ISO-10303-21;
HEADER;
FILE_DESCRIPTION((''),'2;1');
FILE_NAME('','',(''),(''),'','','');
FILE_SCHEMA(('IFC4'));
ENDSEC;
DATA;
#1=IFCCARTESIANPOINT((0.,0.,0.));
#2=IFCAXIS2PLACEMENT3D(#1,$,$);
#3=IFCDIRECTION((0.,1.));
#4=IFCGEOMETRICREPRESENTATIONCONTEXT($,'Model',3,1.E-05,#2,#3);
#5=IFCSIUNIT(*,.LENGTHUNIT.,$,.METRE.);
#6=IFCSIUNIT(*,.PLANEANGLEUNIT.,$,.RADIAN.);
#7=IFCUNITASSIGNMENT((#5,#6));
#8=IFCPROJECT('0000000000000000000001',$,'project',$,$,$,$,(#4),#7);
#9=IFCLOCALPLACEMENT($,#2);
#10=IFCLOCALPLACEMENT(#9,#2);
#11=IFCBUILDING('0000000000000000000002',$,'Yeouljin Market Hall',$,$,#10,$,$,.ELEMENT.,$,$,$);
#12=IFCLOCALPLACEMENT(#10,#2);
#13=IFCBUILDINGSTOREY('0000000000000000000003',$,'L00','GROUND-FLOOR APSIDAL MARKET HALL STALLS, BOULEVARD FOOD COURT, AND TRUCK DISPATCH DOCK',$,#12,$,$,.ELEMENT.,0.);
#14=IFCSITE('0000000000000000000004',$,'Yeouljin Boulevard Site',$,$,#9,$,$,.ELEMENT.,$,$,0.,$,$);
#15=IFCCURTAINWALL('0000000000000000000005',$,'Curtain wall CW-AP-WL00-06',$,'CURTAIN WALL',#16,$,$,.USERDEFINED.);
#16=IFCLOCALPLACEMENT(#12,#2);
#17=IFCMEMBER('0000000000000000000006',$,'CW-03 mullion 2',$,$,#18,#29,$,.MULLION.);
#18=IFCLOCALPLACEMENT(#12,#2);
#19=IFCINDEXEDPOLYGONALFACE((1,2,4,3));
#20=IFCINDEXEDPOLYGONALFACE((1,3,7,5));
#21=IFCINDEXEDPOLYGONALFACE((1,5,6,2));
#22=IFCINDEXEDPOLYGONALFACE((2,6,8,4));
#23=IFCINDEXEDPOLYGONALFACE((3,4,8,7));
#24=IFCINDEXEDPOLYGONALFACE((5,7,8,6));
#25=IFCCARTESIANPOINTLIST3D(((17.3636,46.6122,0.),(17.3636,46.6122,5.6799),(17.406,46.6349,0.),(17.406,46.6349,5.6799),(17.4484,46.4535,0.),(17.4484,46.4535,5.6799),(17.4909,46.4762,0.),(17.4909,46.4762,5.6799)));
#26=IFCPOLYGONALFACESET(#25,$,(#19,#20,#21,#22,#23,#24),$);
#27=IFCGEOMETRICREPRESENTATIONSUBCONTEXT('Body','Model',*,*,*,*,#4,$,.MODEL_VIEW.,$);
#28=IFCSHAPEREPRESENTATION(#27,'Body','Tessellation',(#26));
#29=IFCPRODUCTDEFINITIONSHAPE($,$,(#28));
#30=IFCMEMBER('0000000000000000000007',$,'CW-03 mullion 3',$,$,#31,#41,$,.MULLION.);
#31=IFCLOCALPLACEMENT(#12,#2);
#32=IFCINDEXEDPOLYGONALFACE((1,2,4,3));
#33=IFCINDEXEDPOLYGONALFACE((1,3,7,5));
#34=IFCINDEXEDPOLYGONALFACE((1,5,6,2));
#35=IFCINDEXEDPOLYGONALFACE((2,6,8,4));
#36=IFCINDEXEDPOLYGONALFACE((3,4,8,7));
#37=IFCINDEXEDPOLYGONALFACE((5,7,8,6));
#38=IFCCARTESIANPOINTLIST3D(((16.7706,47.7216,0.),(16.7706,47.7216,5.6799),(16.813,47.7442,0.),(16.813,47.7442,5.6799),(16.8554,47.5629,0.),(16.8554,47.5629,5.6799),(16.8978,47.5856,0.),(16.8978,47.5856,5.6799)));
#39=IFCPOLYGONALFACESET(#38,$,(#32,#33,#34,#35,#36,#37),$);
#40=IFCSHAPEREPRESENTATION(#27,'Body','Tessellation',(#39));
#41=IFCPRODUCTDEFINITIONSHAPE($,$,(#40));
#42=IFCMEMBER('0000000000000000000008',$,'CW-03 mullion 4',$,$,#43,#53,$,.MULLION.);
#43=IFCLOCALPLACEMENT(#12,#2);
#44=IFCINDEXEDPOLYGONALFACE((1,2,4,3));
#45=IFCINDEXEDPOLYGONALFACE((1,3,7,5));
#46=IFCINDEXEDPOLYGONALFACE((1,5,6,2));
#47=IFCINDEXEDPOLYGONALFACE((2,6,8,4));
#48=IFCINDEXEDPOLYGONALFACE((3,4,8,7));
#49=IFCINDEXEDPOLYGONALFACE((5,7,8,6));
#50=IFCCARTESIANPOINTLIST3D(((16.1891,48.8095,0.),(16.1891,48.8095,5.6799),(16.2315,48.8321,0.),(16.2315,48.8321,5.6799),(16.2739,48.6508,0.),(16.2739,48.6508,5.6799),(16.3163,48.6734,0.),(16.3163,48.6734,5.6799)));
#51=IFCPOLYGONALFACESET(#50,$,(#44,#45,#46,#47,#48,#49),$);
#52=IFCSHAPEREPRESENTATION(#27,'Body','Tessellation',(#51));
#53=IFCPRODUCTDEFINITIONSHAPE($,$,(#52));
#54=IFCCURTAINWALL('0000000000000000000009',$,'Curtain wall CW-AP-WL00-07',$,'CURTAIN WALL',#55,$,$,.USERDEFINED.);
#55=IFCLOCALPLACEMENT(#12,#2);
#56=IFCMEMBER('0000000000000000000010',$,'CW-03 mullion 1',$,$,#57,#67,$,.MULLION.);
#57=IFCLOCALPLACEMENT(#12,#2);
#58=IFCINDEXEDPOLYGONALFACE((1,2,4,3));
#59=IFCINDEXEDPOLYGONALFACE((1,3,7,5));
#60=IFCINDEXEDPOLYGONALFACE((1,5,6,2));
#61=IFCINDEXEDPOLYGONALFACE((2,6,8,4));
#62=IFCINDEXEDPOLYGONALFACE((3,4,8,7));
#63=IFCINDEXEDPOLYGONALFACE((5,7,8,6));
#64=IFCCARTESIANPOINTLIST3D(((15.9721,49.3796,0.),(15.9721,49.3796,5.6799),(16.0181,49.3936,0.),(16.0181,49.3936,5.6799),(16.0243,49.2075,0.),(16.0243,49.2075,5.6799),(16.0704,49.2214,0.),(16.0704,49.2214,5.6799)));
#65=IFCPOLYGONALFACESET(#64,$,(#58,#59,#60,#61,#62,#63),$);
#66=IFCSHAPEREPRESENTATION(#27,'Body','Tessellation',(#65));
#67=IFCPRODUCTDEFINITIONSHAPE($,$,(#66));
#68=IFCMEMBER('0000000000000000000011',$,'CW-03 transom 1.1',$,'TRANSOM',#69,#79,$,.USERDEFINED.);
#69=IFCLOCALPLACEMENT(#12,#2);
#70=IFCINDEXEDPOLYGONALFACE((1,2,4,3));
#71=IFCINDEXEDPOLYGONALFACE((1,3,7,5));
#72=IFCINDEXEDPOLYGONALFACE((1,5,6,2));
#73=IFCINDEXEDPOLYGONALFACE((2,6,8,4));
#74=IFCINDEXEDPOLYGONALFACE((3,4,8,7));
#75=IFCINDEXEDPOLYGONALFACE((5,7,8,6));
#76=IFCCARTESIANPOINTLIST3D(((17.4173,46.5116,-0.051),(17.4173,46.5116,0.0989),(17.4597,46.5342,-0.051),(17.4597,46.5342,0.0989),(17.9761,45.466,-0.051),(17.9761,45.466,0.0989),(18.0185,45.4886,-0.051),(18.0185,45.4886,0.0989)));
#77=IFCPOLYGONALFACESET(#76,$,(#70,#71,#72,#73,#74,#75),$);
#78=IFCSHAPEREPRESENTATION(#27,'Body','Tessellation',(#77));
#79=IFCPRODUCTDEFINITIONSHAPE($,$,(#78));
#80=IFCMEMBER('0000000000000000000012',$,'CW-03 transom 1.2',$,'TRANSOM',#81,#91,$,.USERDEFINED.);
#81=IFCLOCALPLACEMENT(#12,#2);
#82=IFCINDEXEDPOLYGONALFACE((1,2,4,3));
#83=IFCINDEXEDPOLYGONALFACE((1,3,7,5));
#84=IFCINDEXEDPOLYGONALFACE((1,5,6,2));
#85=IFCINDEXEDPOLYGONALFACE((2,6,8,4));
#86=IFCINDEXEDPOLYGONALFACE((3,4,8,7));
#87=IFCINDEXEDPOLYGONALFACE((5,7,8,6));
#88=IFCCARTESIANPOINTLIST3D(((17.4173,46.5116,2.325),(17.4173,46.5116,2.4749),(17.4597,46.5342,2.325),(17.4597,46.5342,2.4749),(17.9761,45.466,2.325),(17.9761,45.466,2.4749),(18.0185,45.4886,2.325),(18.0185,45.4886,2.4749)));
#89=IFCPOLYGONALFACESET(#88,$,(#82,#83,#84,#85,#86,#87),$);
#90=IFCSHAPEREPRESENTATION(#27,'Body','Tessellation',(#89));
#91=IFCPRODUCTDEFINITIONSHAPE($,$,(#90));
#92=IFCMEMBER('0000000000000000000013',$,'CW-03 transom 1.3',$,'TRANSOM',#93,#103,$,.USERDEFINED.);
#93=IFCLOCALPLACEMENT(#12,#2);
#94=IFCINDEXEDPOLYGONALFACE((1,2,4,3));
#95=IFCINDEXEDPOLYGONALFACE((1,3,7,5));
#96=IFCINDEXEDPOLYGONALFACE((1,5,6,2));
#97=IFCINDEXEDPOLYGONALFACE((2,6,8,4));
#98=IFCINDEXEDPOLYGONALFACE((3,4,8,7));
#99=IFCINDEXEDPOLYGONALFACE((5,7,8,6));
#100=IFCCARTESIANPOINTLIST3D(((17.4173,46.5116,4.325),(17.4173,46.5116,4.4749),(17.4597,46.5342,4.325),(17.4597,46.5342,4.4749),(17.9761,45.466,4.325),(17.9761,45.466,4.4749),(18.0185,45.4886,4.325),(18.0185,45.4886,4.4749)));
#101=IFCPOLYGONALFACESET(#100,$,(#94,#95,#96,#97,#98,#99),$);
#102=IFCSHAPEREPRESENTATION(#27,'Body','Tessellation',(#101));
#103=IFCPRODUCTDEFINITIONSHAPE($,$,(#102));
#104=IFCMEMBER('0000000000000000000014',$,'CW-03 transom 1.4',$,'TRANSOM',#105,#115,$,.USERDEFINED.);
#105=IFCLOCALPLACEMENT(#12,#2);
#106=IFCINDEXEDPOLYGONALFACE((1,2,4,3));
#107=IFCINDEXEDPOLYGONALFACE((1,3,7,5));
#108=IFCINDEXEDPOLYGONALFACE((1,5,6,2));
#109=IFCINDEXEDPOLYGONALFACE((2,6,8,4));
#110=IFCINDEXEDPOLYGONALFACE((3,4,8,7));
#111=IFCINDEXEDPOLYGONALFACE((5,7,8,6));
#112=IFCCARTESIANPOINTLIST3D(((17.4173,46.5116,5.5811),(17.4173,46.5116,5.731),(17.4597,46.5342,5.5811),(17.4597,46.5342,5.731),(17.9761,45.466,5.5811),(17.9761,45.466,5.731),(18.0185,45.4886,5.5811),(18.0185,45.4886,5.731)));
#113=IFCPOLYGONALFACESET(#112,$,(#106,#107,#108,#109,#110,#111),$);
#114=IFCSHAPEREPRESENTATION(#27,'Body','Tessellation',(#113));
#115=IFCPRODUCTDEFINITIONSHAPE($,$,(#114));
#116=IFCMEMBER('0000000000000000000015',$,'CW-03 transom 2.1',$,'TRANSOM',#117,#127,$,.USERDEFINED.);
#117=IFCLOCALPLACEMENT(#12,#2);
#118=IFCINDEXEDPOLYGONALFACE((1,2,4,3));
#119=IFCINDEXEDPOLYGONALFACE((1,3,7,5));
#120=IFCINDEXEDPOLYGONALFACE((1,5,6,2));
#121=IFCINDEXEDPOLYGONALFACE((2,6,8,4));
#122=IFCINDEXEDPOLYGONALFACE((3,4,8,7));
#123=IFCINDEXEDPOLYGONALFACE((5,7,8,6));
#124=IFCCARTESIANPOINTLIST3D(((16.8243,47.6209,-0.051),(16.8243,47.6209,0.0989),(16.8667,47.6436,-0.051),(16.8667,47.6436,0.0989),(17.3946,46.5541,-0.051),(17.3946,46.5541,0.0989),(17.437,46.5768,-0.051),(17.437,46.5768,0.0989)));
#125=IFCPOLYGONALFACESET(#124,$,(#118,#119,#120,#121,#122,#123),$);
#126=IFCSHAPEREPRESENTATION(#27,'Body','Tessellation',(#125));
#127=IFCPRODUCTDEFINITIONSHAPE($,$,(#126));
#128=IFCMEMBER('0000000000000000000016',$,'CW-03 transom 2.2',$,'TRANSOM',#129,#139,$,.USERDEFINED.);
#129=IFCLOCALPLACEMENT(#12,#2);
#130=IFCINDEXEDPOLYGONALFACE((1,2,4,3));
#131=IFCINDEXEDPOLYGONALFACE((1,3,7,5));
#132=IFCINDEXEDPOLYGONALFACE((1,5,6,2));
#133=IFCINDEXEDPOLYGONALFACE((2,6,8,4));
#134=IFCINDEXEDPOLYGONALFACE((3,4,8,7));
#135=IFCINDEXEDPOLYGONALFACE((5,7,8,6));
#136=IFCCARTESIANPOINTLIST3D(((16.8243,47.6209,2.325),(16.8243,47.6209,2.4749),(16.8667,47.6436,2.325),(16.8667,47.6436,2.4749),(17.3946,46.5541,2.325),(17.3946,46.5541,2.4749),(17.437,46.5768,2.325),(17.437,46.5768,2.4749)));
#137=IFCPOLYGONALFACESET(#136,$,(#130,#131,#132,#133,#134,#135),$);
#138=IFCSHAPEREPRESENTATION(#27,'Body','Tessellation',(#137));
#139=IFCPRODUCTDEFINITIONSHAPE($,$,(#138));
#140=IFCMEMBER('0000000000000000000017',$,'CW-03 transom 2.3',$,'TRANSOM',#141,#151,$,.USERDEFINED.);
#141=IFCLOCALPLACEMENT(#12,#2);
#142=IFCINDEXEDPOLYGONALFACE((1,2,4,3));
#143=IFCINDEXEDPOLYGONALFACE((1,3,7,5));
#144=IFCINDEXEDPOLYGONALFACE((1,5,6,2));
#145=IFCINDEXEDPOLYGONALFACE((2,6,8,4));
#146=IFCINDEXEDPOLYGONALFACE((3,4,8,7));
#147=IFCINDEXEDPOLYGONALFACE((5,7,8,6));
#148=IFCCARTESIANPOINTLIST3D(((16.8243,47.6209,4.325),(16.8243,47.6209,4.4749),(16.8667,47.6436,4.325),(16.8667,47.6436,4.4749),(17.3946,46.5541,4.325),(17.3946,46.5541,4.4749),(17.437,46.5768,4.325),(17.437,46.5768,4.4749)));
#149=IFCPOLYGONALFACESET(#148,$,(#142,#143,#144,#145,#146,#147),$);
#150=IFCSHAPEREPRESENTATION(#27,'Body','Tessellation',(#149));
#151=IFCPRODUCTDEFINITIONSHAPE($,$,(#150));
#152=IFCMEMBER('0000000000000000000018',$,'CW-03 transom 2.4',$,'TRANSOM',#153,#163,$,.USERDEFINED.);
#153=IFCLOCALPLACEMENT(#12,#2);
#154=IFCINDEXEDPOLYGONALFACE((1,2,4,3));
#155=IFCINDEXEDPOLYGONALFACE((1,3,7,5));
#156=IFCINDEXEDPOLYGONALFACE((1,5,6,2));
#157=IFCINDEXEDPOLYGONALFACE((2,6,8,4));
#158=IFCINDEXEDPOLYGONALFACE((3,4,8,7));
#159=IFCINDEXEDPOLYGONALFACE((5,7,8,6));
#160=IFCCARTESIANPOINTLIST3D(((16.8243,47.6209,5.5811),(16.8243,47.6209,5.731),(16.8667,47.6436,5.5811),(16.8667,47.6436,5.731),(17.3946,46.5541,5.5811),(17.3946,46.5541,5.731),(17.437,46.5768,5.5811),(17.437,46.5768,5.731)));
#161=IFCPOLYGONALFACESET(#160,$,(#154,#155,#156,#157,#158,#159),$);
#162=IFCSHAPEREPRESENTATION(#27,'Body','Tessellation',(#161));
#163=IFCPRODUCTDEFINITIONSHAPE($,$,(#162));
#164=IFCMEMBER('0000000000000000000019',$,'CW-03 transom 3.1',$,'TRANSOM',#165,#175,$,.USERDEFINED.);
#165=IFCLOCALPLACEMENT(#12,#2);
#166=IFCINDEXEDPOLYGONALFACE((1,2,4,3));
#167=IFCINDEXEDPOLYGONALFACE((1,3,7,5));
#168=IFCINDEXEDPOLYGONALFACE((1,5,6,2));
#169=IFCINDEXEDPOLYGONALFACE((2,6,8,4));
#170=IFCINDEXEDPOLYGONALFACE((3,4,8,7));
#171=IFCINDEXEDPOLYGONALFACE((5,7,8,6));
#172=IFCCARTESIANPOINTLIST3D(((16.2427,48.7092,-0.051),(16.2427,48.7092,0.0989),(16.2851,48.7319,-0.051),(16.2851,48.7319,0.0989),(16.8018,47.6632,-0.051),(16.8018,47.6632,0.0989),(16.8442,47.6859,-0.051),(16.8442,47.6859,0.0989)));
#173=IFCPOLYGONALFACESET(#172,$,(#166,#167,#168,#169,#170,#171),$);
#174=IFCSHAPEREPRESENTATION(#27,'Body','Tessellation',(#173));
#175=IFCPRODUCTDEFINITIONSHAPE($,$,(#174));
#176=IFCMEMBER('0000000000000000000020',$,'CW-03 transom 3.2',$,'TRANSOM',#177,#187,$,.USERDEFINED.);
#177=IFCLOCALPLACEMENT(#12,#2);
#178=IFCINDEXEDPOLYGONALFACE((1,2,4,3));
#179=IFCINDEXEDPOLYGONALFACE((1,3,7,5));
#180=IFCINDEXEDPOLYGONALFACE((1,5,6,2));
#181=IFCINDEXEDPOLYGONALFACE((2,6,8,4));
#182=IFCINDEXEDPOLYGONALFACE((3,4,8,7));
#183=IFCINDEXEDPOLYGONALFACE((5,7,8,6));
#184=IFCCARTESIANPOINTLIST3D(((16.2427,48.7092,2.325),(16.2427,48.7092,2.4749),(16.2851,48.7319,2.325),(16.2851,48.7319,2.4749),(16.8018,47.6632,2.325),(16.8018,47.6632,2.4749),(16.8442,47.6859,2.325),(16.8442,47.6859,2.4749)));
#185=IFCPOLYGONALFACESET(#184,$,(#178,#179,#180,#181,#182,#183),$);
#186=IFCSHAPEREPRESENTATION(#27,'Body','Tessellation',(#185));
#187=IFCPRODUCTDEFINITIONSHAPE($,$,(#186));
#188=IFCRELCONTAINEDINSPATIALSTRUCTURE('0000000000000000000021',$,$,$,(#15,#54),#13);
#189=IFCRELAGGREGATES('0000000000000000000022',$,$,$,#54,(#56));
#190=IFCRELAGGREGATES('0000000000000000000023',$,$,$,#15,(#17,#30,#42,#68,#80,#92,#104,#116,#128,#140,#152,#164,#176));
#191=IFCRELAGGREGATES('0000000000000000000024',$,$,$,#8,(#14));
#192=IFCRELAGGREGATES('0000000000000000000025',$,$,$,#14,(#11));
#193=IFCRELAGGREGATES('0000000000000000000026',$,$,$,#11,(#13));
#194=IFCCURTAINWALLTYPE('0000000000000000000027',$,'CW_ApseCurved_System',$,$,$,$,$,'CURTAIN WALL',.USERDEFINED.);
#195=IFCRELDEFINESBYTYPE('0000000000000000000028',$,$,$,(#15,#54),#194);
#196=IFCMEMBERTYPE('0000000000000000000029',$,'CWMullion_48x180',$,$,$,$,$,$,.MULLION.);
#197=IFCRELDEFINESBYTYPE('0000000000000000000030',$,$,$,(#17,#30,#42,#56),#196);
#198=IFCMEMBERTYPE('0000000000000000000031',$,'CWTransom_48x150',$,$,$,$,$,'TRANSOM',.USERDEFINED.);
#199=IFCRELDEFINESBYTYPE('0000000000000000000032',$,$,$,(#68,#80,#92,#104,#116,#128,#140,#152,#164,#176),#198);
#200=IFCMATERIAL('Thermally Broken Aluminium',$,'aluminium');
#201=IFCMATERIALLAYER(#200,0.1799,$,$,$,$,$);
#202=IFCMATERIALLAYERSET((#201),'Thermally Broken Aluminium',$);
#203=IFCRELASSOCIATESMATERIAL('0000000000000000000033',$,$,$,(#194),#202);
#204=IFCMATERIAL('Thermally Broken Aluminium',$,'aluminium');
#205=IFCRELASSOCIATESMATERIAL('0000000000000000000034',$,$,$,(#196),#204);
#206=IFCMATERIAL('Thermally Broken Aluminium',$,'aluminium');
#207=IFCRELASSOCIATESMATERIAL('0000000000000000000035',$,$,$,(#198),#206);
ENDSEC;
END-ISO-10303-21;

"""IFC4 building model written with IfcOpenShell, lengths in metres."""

from ifc_helpers import new_model, si_unit, direction, frame, origin, origin_2d, place, context, subcontext, project, spatial, rectangle, extrude, material, layer, layer_set, material_profile, profile_set, type_object, element, aggregate, save


model = new_model("IFC4")

# Units and contexts
model_context = context("Model", 3, precision=1e-05, world=origin(), true_north=direction((0.0, 1.0)))
body_context = subcontext(model_context, "Body", "Model", "MODEL_VIEW")
ifc_project = project(units=[si_unit("LENGTHUNIT", "METRE"), si_unit("PLANEANGLEUNIT", "RADIAN")], contexts=[model_context])

# Site, building, storey
site_placement = place(None, origin())
site = spatial("IfcSite", under=ifc_project, at=site_placement, Name="Yeouljin Boulevard Site", CompositionType="ELEMENT", RefElevation=0.0)
building_placement = place(site_placement, origin())
building = spatial("IfcBuilding", under=site, at=building_placement, Name="Yeouljin Market Hall", CompositionType="ELEMENT")
storey_placement = place(building_placement, origin())
storey = spatial("IfcBuildingStorey", under=building, at=storey_placement, Name="L00", Description="GROUND-FLOOR APSIDAL MARKET HALL STALLS, BOULEVARD FOOD COURT, AND TRUCK DISPATCH DOCK", CompositionType="ELEMENT", Elevation=0.0)

# Curtain wall, members
ifc_material_1 = material(Name="Thermally Broken Aluminium", Category="aluminium")
ifc_layer_1 = layer(ifc_material_1, 0.1799)
ifc_layer_set_1 = layer_set([ifc_layer_1], Name="Thermally Broken Aluminium")
curtain_wall_type = type_object("IfcCurtainWallType", Name="CW_ApseCurved_System", ElementType="CURTAIN WALL", PredefinedType="USERDEFINED", material=ifc_layer_set_1)
curtain_wall_1_placement = place(storey_placement, origin())
curtain_wall_1 = element("IfcCurtainWall", 1, at=curtain_wall_1_placement, inside=storey, type_object=curtain_wall_type, Name="Curtain wall CW-AP-WL00-06", ObjectType="CURTAIN WALL", PredefinedType="USERDEFINED")
ifc_material_2 = material(Name="Thermally Broken Aluminium", Category="aluminium")
ifc_material_profile_1 = material_profile(ifc_material_2, rectangle(XDim=0.0481, YDim=0.1799, at=origin_2d()), Name="CW-MULL-48x180")
ifc_profile_set_1 = profile_set([ifc_material_profile_1], Name="Thermally Broken Aluminium")
member_type_1 = type_object("IfcMemberType", Name="CWMullion_48x180", PredefinedType="MULLION", material=ifc_profile_set_1)
member_1_placement = place(storey_placement, frame((17.4272, 46.5442, 0.0), z_axis=(0.0, 0.0, 1.0), x_axis=(-0.881931, -0.471378, 0.0)))
member_1 = element("IfcMember", 2, at=member_1_placement, type_object=member_type_1, Name="CW-03 mullion 2", PredefinedType="MULLION", context=body_context, shape_type="SweptSolid", body=[
    extrude(rectangle(XDim=0.0481, YDim=0.1799, at=origin_2d()), origin(), (0.0, 0.0, 1.0), 5.6799),
])
member_2_placement = place(storey_placement, frame((16.8342, 47.6536, 0.0), z_axis=(0.0, 0.0, 1.0), x_axis=(-0.881931, -0.471378, 0.0)))
member_2 = element("IfcMember", 3, at=member_2_placement, type_object=member_type_1, Name="CW-03 mullion 3", PredefinedType="MULLION", context=body_context, shape_type="SweptSolid", body=[
    extrude(rectangle(XDim=0.0481, YDim=0.1799, at=origin_2d()), origin(), (0.0, 0.0, 1.0), 5.6799),
])
member_3_placement = place(storey_placement, frame((16.2527, 48.7415, 0.0), z_axis=(0.0, 0.0, 1.0), x_axis=(-0.881931, -0.471378, 0.0)))
member_3 = element("IfcMember", 4, at=member_3_placement, type_object=member_type_1, Name="CW-03 mullion 4", PredefinedType="MULLION", context=body_context, shape_type="SweptSolid", body=[
    extrude(rectangle(XDim=0.0481, YDim=0.1799, at=origin_2d()), origin(), (0.0, 0.0, 1.0), 5.6799),
])

# Curtain wall, member
curtain_wall_2_placement = place(storey_placement, origin())
curtain_wall_2 = element("IfcCurtainWall", 5, at=curtain_wall_2_placement, inside=storey, type_object=curtain_wall_type, Name="Curtain wall CW-AP-WL00-07", ObjectType="CURTAIN WALL", PredefinedType="USERDEFINED")
member_4_placement = place(storey_placement, frame((16.0212, 49.3005, 0.0), z_axis=(0.0, 0.0, 1.0), x_axis=(-0.95694, -0.290286, 0.0)))
member_4 = element("IfcMember", 6, at=member_4_placement, type_object=member_type_1, Name="CW-03 mullion 1", PredefinedType="MULLION", context=body_context, shape_type="SweptSolid", body=[
    extrude(rectangle(XDim=0.0481, YDim=0.1799, at=origin_2d()), origin(), (0.0, 0.0, 1.0), 5.6799),
])

# Members
ifc_material_3 = material(Name="Thermally Broken Aluminium", Category="aluminium")
ifc_material_profile_2 = material_profile(ifc_material_3, rectangle(XDim=0.0481, YDim=0.1499, at=origin_2d()), Name="CW-TRAN-48x150")
ifc_profile_set_2 = profile_set([ifc_material_profile_2], Name="Thermally Broken Aluminium")
member_type_2 = type_object("IfcMemberType", Name="CWTransom_48x150", ElementType="TRANSOM", PredefinedType="USERDEFINED", material=ifc_profile_set_2)
member_5_placement = place(storey_placement, frame((17.9973, 45.4773, 0.0239), z_axis=(-0.471347, 0.881948, 0.0), x_axis=(-0.881948, -0.471347, 0.0)))
member_5 = element("IfcMember", 7, at=member_5_placement, type_object=member_type_2, Name="CW-03 transom 1.1", ObjectType="TRANSOM", PredefinedType="USERDEFINED", context=body_context, shape_type="SweptSolid", body=[
    extrude(rectangle(XDim=0.0481, YDim=0.1499, at=origin_2d()), origin(), (0.0, 0.0, 1.0), 1.1855),
])
member_6_placement = place(storey_placement, frame((17.9973, 45.4773, 2.3999), z_axis=(-0.471347, 0.881948, 0.0), x_axis=(-0.881948, -0.471347, 0.0)))
member_6 = element("IfcMember", 8, at=member_6_placement, type_object=member_type_2, Name="CW-03 transom 1.2", ObjectType="TRANSOM", PredefinedType="USERDEFINED", context=body_context, shape_type="SweptSolid", body=[
    extrude(rectangle(XDim=0.0481, YDim=0.1499, at=origin_2d()), origin(), (0.0, 0.0, 1.0), 1.1855),
])
member_7_placement = place(storey_placement, frame((17.9973, 45.4773, 4.3999), z_axis=(-0.471347, 0.881948, 0.0), x_axis=(-0.881948, -0.471347, 0.0)))
member_7 = element("IfcMember", 9, at=member_7_placement, type_object=member_type_2, Name="CW-03 transom 1.3", ObjectType="TRANSOM", PredefinedType="USERDEFINED", context=body_context, shape_type="SweptSolid", body=[
    extrude(rectangle(XDim=0.0481, YDim=0.1499, at=origin_2d()), origin(), (0.0, 0.0, 1.0), 1.1855),
])
member_8_placement = place(storey_placement, frame((17.9973, 45.4773, 5.656), z_axis=(-0.471347, 0.881948, 0.0), x_axis=(-0.881948, -0.471347, 0.0)))
member_8 = element("IfcMember", 10, at=member_8_placement, type_object=member_type_2, Name="CW-03 transom 1.4", ObjectType="TRANSOM", PredefinedType="USERDEFINED", context=body_context, shape_type="SweptSolid", body=[
    extrude(rectangle(XDim=0.0481, YDim=0.1499, at=origin_2d()), origin(), (0.0, 0.0, 1.0), 1.1855),
])
member_9_placement = place(storey_placement, frame((17.4158, 46.5654, 0.0239), z_axis=(-0.471426, 0.881906, 0.0), x_axis=(-0.881906, -0.471426, 0.0)))
member_9 = element("IfcMember", 11, at=member_9_placement, type_object=member_type_2, Name="CW-03 transom 2.1", ObjectType="TRANSOM", PredefinedType="USERDEFINED", context=body_context, shape_type="SweptSolid", body=[
    extrude(rectangle(XDim=0.0481, YDim=0.1499, at=origin_2d()), origin(), (0.0, 0.0, 1.0), 1.2097),
])
member_10_placement = place(storey_placement, frame((17.4158, 46.5654, 2.3999), z_axis=(-0.471426, 0.881906, 0.0), x_axis=(-0.881906, -0.471426, 0.0)))
member_10 = element("IfcMember", 12, at=member_10_placement, type_object=member_type_2, Name="CW-03 transom 2.2", ObjectType="TRANSOM", PredefinedType="USERDEFINED", context=body_context, shape_type="SweptSolid", body=[
    extrude(rectangle(XDim=0.0481, YDim=0.1499, at=origin_2d()), origin(), (0.0, 0.0, 1.0), 1.2097),
])
member_11_placement = place(storey_placement, frame((17.4158, 46.5654, 4.3999), z_axis=(-0.471426, 0.881906, 0.0), x_axis=(-0.881906, -0.471426, 0.0)))
member_11 = element("IfcMember", 13, at=member_11_placement, type_object=member_type_2, Name="CW-03 transom 2.3", ObjectType="TRANSOM", PredefinedType="USERDEFINED", context=body_context, shape_type="SweptSolid", body=[
    extrude(rectangle(XDim=0.0481, YDim=0.1499, at=origin_2d()), origin(), (0.0, 0.0, 1.0), 1.2097),
])
member_12_placement = place(storey_placement, frame((17.4158, 46.5654, 5.656), z_axis=(-0.471426, 0.881906, 0.0), x_axis=(-0.881906, -0.471426, 0.0)))
member_12 = element("IfcMember", 14, at=member_12_placement, type_object=member_type_2, Name="CW-03 transom 2.4", ObjectType="TRANSOM", PredefinedType="USERDEFINED", context=body_context, shape_type="SweptSolid", body=[
    extrude(rectangle(XDim=0.0481, YDim=0.1499, at=origin_2d()), origin(), (0.0, 0.0, 1.0), 1.2097),
])
member_13_placement = place(storey_placement, frame((16.823, 47.6746, 0.0239), z_axis=(-0.471421, 0.881908, 0.0), x_axis=(-0.881908, -0.471421, 0.0)))
member_13 = element("IfcMember", 15, at=member_13_placement, type_object=member_type_2, Name="CW-03 transom 3.1", ObjectType="TRANSOM", PredefinedType="USERDEFINED", context=body_context, shape_type="SweptSolid", body=[
    extrude(rectangle(XDim=0.0481, YDim=0.1499, at=origin_2d()), origin(), (0.0, 0.0, 1.0), 1.186),
])
member_14_placement = place(storey_placement, frame((16.823, 47.6746, 2.3999), z_axis=(-0.471421, 0.881908, 0.0), x_axis=(-0.881908, -0.471421, 0.0)))
member_14 = element("IfcMember", 16, at=member_14_placement, type_object=member_type_2, Name="CW-03 transom 3.2", ObjectType="TRANSOM", PredefinedType="USERDEFINED", context=body_context, shape_type="SweptSolid", body=[
    extrude(rectangle(XDim=0.0481, YDim=0.1499, at=origin_2d()), origin(), (0.0, 0.0, 1.0), 1.186),
])
aggregate(curtain_wall_2, [member_4])

aggregate(curtain_wall_1, [member_1, member_2, member_3, member_5, member_6, member_7, member_8, member_9, member_10, member_11, member_12, member_13, member_14])

save(model, "model.ifc")
